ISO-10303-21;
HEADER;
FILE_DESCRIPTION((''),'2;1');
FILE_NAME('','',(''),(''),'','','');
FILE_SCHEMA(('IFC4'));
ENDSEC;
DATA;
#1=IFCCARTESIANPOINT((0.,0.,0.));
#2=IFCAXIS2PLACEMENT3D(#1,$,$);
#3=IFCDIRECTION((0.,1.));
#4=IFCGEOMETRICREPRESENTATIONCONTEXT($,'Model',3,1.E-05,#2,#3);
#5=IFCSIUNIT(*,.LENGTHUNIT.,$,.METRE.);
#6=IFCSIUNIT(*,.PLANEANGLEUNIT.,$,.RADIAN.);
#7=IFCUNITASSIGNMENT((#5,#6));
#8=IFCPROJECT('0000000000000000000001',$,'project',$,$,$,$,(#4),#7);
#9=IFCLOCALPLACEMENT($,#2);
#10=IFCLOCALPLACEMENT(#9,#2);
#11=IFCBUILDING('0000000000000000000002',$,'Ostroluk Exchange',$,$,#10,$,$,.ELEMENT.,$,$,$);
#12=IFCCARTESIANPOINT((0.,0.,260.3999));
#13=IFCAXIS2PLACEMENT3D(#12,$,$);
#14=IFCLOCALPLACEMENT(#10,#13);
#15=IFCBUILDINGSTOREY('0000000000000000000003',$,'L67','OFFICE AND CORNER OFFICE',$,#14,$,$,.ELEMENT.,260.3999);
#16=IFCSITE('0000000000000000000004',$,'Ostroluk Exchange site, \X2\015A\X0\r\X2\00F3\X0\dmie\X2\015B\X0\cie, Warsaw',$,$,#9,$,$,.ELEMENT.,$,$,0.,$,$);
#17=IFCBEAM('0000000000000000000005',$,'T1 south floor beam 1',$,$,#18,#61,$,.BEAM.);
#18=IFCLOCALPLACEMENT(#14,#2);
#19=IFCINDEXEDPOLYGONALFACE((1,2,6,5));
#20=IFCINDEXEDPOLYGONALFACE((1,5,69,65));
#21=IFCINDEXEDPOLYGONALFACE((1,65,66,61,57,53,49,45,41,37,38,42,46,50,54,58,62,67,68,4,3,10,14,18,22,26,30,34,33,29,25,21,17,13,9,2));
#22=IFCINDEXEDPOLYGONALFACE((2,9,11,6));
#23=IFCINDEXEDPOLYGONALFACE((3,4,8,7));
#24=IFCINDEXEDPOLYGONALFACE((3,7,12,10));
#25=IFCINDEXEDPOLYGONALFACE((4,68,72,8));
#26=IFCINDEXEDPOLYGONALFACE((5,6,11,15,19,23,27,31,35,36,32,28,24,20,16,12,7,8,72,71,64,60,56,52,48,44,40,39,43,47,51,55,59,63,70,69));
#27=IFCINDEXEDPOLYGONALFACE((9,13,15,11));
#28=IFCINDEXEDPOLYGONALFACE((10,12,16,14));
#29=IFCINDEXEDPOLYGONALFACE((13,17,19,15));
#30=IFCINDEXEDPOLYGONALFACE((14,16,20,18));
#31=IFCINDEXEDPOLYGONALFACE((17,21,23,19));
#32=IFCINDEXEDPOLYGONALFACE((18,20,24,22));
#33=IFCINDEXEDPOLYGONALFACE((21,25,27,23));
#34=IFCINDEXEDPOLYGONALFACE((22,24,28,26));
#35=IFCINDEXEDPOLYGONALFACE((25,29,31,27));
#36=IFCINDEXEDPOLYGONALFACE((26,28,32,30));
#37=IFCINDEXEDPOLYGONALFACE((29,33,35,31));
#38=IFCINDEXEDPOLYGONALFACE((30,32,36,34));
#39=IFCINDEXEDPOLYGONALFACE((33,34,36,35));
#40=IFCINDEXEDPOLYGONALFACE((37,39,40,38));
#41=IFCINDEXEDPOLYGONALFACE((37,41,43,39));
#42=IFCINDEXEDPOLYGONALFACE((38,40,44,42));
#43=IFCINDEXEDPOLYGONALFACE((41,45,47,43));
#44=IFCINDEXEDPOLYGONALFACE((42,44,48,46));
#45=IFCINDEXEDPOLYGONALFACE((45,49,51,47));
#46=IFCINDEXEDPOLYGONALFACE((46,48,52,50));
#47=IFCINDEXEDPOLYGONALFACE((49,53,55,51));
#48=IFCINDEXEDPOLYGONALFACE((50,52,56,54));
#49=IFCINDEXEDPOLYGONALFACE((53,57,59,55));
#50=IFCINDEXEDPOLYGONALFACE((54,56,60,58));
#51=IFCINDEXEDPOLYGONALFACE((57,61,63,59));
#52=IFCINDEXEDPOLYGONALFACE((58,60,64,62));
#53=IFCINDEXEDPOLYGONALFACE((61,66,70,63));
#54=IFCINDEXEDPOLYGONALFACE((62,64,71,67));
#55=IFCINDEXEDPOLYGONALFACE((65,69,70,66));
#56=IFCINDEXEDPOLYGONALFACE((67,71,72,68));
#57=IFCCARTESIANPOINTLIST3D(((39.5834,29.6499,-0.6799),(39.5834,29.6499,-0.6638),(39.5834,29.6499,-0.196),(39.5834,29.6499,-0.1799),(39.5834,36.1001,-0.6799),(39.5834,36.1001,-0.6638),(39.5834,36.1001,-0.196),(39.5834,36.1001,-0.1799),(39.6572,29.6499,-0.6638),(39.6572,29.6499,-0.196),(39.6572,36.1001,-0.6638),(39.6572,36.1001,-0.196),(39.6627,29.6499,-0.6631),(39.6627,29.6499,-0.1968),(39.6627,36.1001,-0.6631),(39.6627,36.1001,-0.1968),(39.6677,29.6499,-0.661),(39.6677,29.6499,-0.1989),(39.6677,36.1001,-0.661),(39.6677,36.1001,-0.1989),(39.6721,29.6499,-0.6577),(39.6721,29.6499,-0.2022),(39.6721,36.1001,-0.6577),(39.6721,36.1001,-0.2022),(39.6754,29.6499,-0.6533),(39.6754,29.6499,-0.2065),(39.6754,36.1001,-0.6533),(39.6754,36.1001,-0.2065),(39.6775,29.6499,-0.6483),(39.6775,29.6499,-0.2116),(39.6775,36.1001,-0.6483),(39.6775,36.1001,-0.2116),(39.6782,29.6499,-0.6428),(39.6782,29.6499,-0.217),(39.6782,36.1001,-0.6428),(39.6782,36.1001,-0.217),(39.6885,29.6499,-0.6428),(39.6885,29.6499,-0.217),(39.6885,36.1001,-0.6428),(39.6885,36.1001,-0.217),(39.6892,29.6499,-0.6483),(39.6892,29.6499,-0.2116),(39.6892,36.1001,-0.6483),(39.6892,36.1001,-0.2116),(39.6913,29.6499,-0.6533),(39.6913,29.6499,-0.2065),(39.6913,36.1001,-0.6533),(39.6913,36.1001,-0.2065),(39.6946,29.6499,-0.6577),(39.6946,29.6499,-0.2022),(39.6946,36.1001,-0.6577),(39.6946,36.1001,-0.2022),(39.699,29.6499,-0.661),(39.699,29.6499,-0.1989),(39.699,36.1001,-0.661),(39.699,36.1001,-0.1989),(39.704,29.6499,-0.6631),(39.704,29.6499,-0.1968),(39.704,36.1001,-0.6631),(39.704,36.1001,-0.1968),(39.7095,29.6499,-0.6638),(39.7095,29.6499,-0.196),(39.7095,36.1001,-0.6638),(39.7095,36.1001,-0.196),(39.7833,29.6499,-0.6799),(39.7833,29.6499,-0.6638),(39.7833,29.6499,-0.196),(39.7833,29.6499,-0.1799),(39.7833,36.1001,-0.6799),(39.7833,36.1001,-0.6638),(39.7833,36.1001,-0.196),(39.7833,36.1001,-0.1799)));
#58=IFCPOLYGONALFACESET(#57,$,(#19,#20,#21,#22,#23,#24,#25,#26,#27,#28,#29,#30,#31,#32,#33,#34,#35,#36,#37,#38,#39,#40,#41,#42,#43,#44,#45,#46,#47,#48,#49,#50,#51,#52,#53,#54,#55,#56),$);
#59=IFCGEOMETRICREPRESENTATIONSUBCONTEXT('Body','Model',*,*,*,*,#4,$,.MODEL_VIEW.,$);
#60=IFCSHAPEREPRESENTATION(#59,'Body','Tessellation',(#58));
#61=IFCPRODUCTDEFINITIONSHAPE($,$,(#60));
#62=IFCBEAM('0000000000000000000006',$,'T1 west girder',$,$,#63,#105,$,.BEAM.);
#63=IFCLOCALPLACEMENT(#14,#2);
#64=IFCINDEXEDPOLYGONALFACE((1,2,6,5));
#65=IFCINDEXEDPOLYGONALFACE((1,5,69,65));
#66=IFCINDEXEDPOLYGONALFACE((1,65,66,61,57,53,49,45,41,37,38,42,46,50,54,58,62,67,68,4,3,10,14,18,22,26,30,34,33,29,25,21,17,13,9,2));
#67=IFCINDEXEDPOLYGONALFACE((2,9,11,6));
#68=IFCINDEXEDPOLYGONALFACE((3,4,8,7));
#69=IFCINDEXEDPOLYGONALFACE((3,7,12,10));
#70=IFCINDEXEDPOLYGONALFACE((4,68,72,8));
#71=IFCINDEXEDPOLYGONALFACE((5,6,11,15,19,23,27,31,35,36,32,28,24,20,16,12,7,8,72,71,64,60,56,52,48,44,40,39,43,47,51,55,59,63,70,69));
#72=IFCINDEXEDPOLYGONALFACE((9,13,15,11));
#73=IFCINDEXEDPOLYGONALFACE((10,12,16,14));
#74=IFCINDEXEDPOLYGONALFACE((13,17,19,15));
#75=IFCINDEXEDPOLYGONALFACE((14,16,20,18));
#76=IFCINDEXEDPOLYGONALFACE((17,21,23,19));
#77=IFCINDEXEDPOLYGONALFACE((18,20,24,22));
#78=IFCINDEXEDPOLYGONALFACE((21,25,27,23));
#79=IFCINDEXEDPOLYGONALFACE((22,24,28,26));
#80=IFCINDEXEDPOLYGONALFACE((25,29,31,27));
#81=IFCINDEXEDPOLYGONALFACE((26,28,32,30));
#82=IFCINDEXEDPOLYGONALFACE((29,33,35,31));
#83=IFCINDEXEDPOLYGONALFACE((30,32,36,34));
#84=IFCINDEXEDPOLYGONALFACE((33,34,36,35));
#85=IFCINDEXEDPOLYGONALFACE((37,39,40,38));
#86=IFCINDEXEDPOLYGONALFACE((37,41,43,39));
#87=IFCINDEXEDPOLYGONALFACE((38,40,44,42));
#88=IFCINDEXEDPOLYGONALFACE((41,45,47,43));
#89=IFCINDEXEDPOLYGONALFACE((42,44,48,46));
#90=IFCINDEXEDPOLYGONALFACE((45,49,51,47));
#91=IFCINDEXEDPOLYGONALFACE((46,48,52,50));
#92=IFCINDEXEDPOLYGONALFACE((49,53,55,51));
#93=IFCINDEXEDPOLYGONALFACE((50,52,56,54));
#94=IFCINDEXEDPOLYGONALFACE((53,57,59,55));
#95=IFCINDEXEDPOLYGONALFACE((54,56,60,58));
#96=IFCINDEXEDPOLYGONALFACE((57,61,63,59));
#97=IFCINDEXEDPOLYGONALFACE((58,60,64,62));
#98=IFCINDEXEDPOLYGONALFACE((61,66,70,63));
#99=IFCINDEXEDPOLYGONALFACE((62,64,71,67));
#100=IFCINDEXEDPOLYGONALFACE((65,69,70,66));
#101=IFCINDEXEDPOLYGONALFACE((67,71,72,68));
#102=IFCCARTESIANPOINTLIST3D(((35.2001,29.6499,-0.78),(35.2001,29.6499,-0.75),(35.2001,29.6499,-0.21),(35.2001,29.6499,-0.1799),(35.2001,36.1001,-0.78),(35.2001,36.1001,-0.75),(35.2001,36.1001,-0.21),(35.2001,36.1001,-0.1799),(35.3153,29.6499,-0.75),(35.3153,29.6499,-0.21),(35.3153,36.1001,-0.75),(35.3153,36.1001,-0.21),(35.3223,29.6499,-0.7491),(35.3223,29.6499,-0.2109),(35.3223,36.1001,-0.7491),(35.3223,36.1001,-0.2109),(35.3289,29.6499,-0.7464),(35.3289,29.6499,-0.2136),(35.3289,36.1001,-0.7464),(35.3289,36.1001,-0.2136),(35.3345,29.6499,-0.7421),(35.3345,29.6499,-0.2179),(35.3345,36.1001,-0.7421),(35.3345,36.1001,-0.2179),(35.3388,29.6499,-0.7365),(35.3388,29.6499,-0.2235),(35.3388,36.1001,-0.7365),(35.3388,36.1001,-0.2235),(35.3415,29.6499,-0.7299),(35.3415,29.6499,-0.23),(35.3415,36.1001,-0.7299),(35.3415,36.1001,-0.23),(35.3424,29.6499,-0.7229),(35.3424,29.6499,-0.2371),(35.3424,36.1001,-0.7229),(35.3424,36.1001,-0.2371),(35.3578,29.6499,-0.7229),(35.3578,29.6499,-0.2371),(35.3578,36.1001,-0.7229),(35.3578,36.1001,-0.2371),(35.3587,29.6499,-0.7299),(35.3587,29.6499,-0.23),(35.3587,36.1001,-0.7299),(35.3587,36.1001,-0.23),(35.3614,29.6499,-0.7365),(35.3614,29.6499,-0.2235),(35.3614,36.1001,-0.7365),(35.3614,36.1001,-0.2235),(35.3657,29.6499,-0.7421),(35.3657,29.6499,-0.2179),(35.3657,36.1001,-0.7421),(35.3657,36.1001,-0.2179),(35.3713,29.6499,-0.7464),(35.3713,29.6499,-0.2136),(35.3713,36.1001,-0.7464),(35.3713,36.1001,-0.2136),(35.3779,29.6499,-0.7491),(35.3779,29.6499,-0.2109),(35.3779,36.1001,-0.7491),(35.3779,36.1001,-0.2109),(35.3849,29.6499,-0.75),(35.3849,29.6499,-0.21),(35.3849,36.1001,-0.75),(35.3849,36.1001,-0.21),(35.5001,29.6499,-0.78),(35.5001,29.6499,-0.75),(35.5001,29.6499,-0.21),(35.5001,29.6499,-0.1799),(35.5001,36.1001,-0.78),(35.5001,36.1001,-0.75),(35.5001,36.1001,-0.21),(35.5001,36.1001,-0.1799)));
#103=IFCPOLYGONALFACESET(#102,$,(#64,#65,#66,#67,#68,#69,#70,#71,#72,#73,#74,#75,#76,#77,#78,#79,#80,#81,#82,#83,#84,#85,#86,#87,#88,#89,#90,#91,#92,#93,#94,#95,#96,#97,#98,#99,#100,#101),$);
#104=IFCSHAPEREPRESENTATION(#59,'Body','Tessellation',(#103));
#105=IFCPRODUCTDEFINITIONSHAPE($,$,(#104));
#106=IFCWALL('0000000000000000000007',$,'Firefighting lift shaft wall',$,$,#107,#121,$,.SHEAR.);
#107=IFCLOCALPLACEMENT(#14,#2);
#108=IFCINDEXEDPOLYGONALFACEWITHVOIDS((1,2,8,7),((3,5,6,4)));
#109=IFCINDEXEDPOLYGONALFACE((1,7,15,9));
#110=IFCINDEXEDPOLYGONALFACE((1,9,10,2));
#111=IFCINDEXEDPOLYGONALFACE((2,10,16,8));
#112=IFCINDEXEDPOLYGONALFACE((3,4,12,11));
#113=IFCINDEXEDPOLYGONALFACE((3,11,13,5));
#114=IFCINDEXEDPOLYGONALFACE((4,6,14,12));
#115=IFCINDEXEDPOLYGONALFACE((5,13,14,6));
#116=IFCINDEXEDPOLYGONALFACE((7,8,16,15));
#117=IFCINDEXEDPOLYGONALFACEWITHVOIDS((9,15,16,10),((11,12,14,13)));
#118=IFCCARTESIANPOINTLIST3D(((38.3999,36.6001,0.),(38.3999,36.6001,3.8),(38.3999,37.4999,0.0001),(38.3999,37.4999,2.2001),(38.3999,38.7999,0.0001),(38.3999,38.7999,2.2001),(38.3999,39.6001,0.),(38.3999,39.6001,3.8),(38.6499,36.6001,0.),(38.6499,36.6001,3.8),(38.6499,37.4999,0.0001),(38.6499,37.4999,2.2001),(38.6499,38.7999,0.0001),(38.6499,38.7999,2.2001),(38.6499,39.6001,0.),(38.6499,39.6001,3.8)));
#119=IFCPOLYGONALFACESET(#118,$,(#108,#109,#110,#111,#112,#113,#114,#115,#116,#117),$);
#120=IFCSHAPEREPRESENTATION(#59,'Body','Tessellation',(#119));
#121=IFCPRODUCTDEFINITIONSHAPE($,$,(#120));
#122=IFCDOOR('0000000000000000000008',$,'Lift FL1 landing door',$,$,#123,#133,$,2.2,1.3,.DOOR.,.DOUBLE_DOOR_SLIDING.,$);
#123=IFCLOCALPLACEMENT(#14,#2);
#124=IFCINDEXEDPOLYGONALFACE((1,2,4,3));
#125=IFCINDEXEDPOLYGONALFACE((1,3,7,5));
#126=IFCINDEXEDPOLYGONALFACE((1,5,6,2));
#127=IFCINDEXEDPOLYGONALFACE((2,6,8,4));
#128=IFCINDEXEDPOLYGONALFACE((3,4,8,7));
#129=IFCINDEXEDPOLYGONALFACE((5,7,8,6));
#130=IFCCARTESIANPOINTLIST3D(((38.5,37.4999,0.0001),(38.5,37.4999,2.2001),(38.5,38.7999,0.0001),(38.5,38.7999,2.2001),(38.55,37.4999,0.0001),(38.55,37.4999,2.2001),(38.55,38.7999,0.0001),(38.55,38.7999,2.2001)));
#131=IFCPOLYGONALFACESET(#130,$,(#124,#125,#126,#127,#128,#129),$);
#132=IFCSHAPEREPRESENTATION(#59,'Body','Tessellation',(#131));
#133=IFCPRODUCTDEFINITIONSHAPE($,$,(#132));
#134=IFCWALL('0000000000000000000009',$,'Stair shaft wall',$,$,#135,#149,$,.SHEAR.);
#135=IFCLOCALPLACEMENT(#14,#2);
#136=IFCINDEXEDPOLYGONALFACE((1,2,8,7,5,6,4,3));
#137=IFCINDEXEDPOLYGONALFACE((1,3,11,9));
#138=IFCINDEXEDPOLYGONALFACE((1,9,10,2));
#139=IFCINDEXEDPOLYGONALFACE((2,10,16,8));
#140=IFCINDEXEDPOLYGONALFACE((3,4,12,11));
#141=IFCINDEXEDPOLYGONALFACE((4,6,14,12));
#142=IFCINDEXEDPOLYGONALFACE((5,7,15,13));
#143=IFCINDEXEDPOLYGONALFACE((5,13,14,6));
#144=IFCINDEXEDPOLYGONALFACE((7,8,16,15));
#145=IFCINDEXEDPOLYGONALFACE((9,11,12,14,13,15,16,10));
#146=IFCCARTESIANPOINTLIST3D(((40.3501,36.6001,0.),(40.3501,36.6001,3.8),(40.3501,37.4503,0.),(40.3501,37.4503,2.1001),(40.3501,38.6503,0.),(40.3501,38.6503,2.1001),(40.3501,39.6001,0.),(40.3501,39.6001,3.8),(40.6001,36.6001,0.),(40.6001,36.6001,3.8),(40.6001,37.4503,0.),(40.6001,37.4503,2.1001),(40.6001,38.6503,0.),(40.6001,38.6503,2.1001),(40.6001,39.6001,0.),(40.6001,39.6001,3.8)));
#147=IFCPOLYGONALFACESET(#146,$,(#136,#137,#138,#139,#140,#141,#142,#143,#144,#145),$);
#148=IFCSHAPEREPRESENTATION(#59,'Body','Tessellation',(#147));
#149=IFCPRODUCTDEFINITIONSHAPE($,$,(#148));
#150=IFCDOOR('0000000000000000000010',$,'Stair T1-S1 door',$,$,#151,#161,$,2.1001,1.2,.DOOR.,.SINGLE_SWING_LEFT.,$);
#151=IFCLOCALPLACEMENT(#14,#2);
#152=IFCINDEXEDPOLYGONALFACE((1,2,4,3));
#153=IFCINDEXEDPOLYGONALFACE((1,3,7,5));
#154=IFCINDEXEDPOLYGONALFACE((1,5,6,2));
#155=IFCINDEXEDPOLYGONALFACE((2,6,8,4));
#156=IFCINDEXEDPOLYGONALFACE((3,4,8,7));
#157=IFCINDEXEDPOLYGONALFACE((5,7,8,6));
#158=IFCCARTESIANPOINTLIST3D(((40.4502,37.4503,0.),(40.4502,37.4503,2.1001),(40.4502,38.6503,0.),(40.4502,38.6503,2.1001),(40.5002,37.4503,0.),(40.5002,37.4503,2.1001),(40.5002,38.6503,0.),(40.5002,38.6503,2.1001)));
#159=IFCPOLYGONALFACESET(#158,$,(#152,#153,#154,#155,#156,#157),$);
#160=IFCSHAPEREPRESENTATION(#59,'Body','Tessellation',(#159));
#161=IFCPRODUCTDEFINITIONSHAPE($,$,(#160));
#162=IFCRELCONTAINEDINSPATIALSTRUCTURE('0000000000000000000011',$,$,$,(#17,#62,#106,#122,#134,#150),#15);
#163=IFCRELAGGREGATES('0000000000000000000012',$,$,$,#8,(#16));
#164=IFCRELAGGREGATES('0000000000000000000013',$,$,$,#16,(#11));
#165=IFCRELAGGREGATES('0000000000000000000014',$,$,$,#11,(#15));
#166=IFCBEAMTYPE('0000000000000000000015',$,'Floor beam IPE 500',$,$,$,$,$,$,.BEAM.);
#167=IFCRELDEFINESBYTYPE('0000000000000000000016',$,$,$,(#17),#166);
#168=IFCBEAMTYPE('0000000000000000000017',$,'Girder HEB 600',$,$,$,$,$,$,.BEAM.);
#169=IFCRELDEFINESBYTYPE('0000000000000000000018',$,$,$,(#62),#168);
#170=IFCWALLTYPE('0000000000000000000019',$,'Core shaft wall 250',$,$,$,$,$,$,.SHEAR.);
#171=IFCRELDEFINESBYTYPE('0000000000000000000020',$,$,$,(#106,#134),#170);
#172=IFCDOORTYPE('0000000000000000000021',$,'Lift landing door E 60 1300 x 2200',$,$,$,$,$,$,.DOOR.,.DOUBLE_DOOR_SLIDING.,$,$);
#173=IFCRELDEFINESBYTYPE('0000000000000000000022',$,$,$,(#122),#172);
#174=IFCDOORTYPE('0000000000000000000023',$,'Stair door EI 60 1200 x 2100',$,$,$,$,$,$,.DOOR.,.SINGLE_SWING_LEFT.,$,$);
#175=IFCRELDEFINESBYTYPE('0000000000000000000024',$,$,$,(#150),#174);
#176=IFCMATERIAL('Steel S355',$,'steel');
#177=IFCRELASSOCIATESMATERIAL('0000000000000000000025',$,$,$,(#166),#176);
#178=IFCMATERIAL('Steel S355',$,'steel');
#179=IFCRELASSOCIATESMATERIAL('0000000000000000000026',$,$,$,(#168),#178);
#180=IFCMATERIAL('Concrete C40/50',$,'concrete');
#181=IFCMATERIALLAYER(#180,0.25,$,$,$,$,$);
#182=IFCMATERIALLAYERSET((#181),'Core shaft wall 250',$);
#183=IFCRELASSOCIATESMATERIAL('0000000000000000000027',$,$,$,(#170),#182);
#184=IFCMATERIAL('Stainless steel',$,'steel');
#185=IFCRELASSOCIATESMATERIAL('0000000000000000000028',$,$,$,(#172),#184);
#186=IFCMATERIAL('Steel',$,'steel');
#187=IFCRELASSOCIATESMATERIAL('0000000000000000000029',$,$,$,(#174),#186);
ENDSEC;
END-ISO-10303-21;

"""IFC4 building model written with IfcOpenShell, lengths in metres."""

from ifc_helpers import new_model, si_unit, direction, frame, frame_2d, origin, origin_2d, place, context, subcontext, project, spatial, rectangle, i_section, extrude, material, layer, layer_set, material_profile, profile_set, type_object, element, fill, save


model = new_model("IFC4")

# Units and contexts
model_context = context("Model", 3, precision=1e-05, world=origin(), true_north=direction((0.0, 1.0)))
body_context = subcontext(model_context, "Body", "Model", "MODEL_VIEW")
ifc_project = project(units=[si_unit("LENGTHUNIT", "METRE"), si_unit("PLANEANGLEUNIT", "RADIAN")], contexts=[model_context])

# Site, building, storey
site_placement = place(None, origin())
site = spatial("IfcSite", under=ifc_project, at=site_placement, Name="Ostroluk Exchange site, Śródmieście, Warsaw", CompositionType="ELEMENT", RefElevation=0.0)
building_placement = place(site_placement, origin())
building = spatial("IfcBuilding", under=site, at=building_placement, Name="Ostroluk Exchange", CompositionType="ELEMENT")
storey_placement = place(building_placement, frame((0.0, 0.0, 260.3999)))
storey = spatial("IfcBuildingStorey", under=building, at=storey_placement, Name="L67", Description="OFFICE AND CORNER OFFICE", CompositionType="ELEMENT", Elevation=260.3999)

# Beams
ifc_material_1 = material(Name="Steel S355", Category="steel")
ifc_material_profile_1 = material_profile(ifc_material_1, i_section(OverallWidth=0.2, OverallDepth=0.5, WebThickness=0.0103, FlangeThickness=0.0161, FilletRadius=0.021, at=origin_2d()), Name="IPE 500")
ifc_profile_set_1 = profile_set([ifc_material_profile_1], Name="Steel S355")
beam_type_1 = type_object("IfcBeamType", Name="Floor beam IPE 500", PredefinedType="BEAM", material=ifc_profile_set_1)
beam_1_placement = place(storey_placement, frame((39.6833, 36.1001, -0.4299), z_axis=(0.0, -1.0, 0.0), x_axis=(1.0, 0.0, 0.0)))
element("IfcBeam", 1, at=beam_1_placement, inside=storey, type_object=beam_type_1, Name="T1 south floor beam 1", PredefinedType="BEAM", context=body_context, shape_type="SweptSolid", body=[
    extrude(i_section(OverallWidth=0.2, OverallDepth=0.5, WebThickness=0.0103, FlangeThickness=0.0161, FilletRadius=0.021, at=origin_2d()), origin(), (0.0, 0.0, 1.0), 6.4502),
])
ifc_material_2 = material(Name="Steel S355", Category="steel")
ifc_material_profile_2 = material_profile(ifc_material_2, i_section(OverallWidth=0.3, OverallDepth=0.6001, WebThickness=0.0154, FlangeThickness=0.03, FilletRadius=0.0271, at=origin_2d()), Name="HEB 600")
ifc_profile_set_2 = profile_set([ifc_material_profile_2], Name="Steel S355")
beam_type_2 = type_object("IfcBeamType", Name="Girder HEB 600", PredefinedType="BEAM", material=ifc_profile_set_2)
beam_2_placement = place(storey_placement, frame((35.3501, 36.1001, -0.48), z_axis=(0.0, -1.0, 0.0), x_axis=(1.0, 0.0, 0.0)))
element("IfcBeam", 2, at=beam_2_placement, inside=storey, type_object=beam_type_2, Name="T1 west girder", PredefinedType="BEAM", context=body_context, shape_type="SweptSolid", body=[
    extrude(i_section(OverallWidth=0.3, OverallDepth=0.6001, WebThickness=0.0154, FlangeThickness=0.03, FilletRadius=0.0271, at=origin_2d()), origin(), (0.0, 0.0, 1.0), 6.4502),
])

# Walls, openings, doors
ifc_material_3 = material(Name="Concrete C40/50", Category="concrete")
ifc_layer_1 = layer(ifc_material_3, 0.25)
ifc_layer_set_1 = layer_set([ifc_layer_1], Name="Core shaft wall 250")
wall_type_1 = type_object("IfcWallType", Name="Core shaft wall 250", PredefinedType="SHEAR", material=ifc_layer_set_1)
wall_1_placement = place(storey_placement, frame((38.5249, 36.6001, 0.0), z_axis=(0.0, 0.0, 1.0), x_axis=(0.0, 1.0, 0.0)))
wall_1 = element("IfcWall", 3, at=wall_1_placement, inside=storey, type_object=wall_type_1, Name="Firefighting lift shaft wall", PredefinedType="SHEAR", context=body_context, shape_type="SweptSolid", body=[
    extrude(rectangle(XDim=3.0, YDim=0.25, at=frame_2d((1.5, 0.0))), origin(), (0.0, 0.0, 1.0), 3.8),
])
opening_1_placement = place(wall_1_placement, frame((0.8999, 0.0, 0.0)))
opening_1 = element("IfcOpeningElement", 4, at=opening_1_placement, cuts=wall_1, PredefinedType="OPENING", context=body_context, shape_type="SweptSolid", body=[
    extrude(rectangle(XDim=1.3, YDim=2.2, at=frame_2d((0.6499, 1.1001))), frame((0.0, 0.135, 0.0), z_axis=(0.0, -1.0, 0.0), x_axis=(1.0, 0.0, 0.0)), (0.0, 0.0, 1.0), 0.27),
])
ifc_material_4 = material(Name="Stainless steel", Category="steel")
door_type_1 = type_object("IfcDoorType", Name="Lift landing door E 60 1300 x 2200", OperationType="DOUBLE_DOOR_SLIDING", PredefinedType="DOOR", material=ifc_material_4)
door_1_placement = place(opening_1_placement, origin())
door_1 = element("IfcDoor", 5, at=door_1_placement, inside=storey, type_object=door_type_1, Name="Lift FL1 landing door", OperationType="DOUBLE_DOOR_SLIDING", OverallHeight=2.2, OverallWidth=1.3, PredefinedType="DOOR", context=body_context, shape_type="SweptSolid", body=[
    extrude(rectangle(XDim=1.3, YDim=2.2, at=frame_2d((0.6499, 1.1001))), frame((0.0, 0.0249, 0.0), z_axis=(0.0, -1.0, 0.0), x_axis=(1.0, 0.0, 0.0)), (0.0, 0.0, 1.0), 0.05),
])
fill(opening_1, door_1)
wall_2_placement = place(storey_placement, frame((40.4751, 36.6001, 0.0), z_axis=(0.0, 0.0, 1.0), x_axis=(0.0, 1.0, 0.0)))
wall_2 = element("IfcWall", 6, at=wall_2_placement, inside=storey, type_object=wall_type_1, Name="Stair shaft wall", PredefinedType="SHEAR", context=body_context, shape_type="SweptSolid", body=[
    extrude(rectangle(XDim=3.0, YDim=0.25, at=frame_2d((1.5, 0.0))), origin(), (0.0, 0.0, 1.0), 3.8),
])
opening_2_placement = place(wall_2_placement, frame((0.8501, 0.0, 0.0)))
opening_2 = element("IfcOpeningElement", 7, at=opening_2_placement, cuts=wall_2, PredefinedType="OPENING", context=body_context, shape_type="SweptSolid", body=[
    extrude(rectangle(XDim=1.2, YDim=2.1001, at=frame_2d((0.6001, 1.05))), frame((0.0, 0.135, 0.0), z_axis=(0.0, -1.0, 0.0), x_axis=(1.0, 0.0, 0.0)), (0.0, 0.0, 1.0), 0.27),
])
ifc_material_5 = material(Name="Steel", Category="steel")
door_type_2 = type_object("IfcDoorType", Name="Stair door EI 60 1200 x 2100", OperationType="SINGLE_SWING_LEFT", PredefinedType="DOOR", material=ifc_material_5)
door_2_placement = place(opening_2_placement, origin())
door_2 = element("IfcDoor", 8, at=door_2_placement, inside=storey, type_object=door_type_2, Name="Stair T1-S1 door", OperationType="SINGLE_SWING_LEFT", OverallHeight=2.1001, OverallWidth=1.2, PredefinedType="DOOR", context=body_context, shape_type="SweptSolid", body=[
    extrude(rectangle(XDim=1.2, YDim=2.1001, at=frame_2d((0.6001, 1.05))), frame((0.0, 0.0249, 0.0), z_axis=(0.0, -1.0, 0.0), x_axis=(1.0, 0.0, 0.0)), (0.0, 0.0, 1.0), 0.05),
])
fill(opening_2, door_2)

save(model, "model.ifc")
